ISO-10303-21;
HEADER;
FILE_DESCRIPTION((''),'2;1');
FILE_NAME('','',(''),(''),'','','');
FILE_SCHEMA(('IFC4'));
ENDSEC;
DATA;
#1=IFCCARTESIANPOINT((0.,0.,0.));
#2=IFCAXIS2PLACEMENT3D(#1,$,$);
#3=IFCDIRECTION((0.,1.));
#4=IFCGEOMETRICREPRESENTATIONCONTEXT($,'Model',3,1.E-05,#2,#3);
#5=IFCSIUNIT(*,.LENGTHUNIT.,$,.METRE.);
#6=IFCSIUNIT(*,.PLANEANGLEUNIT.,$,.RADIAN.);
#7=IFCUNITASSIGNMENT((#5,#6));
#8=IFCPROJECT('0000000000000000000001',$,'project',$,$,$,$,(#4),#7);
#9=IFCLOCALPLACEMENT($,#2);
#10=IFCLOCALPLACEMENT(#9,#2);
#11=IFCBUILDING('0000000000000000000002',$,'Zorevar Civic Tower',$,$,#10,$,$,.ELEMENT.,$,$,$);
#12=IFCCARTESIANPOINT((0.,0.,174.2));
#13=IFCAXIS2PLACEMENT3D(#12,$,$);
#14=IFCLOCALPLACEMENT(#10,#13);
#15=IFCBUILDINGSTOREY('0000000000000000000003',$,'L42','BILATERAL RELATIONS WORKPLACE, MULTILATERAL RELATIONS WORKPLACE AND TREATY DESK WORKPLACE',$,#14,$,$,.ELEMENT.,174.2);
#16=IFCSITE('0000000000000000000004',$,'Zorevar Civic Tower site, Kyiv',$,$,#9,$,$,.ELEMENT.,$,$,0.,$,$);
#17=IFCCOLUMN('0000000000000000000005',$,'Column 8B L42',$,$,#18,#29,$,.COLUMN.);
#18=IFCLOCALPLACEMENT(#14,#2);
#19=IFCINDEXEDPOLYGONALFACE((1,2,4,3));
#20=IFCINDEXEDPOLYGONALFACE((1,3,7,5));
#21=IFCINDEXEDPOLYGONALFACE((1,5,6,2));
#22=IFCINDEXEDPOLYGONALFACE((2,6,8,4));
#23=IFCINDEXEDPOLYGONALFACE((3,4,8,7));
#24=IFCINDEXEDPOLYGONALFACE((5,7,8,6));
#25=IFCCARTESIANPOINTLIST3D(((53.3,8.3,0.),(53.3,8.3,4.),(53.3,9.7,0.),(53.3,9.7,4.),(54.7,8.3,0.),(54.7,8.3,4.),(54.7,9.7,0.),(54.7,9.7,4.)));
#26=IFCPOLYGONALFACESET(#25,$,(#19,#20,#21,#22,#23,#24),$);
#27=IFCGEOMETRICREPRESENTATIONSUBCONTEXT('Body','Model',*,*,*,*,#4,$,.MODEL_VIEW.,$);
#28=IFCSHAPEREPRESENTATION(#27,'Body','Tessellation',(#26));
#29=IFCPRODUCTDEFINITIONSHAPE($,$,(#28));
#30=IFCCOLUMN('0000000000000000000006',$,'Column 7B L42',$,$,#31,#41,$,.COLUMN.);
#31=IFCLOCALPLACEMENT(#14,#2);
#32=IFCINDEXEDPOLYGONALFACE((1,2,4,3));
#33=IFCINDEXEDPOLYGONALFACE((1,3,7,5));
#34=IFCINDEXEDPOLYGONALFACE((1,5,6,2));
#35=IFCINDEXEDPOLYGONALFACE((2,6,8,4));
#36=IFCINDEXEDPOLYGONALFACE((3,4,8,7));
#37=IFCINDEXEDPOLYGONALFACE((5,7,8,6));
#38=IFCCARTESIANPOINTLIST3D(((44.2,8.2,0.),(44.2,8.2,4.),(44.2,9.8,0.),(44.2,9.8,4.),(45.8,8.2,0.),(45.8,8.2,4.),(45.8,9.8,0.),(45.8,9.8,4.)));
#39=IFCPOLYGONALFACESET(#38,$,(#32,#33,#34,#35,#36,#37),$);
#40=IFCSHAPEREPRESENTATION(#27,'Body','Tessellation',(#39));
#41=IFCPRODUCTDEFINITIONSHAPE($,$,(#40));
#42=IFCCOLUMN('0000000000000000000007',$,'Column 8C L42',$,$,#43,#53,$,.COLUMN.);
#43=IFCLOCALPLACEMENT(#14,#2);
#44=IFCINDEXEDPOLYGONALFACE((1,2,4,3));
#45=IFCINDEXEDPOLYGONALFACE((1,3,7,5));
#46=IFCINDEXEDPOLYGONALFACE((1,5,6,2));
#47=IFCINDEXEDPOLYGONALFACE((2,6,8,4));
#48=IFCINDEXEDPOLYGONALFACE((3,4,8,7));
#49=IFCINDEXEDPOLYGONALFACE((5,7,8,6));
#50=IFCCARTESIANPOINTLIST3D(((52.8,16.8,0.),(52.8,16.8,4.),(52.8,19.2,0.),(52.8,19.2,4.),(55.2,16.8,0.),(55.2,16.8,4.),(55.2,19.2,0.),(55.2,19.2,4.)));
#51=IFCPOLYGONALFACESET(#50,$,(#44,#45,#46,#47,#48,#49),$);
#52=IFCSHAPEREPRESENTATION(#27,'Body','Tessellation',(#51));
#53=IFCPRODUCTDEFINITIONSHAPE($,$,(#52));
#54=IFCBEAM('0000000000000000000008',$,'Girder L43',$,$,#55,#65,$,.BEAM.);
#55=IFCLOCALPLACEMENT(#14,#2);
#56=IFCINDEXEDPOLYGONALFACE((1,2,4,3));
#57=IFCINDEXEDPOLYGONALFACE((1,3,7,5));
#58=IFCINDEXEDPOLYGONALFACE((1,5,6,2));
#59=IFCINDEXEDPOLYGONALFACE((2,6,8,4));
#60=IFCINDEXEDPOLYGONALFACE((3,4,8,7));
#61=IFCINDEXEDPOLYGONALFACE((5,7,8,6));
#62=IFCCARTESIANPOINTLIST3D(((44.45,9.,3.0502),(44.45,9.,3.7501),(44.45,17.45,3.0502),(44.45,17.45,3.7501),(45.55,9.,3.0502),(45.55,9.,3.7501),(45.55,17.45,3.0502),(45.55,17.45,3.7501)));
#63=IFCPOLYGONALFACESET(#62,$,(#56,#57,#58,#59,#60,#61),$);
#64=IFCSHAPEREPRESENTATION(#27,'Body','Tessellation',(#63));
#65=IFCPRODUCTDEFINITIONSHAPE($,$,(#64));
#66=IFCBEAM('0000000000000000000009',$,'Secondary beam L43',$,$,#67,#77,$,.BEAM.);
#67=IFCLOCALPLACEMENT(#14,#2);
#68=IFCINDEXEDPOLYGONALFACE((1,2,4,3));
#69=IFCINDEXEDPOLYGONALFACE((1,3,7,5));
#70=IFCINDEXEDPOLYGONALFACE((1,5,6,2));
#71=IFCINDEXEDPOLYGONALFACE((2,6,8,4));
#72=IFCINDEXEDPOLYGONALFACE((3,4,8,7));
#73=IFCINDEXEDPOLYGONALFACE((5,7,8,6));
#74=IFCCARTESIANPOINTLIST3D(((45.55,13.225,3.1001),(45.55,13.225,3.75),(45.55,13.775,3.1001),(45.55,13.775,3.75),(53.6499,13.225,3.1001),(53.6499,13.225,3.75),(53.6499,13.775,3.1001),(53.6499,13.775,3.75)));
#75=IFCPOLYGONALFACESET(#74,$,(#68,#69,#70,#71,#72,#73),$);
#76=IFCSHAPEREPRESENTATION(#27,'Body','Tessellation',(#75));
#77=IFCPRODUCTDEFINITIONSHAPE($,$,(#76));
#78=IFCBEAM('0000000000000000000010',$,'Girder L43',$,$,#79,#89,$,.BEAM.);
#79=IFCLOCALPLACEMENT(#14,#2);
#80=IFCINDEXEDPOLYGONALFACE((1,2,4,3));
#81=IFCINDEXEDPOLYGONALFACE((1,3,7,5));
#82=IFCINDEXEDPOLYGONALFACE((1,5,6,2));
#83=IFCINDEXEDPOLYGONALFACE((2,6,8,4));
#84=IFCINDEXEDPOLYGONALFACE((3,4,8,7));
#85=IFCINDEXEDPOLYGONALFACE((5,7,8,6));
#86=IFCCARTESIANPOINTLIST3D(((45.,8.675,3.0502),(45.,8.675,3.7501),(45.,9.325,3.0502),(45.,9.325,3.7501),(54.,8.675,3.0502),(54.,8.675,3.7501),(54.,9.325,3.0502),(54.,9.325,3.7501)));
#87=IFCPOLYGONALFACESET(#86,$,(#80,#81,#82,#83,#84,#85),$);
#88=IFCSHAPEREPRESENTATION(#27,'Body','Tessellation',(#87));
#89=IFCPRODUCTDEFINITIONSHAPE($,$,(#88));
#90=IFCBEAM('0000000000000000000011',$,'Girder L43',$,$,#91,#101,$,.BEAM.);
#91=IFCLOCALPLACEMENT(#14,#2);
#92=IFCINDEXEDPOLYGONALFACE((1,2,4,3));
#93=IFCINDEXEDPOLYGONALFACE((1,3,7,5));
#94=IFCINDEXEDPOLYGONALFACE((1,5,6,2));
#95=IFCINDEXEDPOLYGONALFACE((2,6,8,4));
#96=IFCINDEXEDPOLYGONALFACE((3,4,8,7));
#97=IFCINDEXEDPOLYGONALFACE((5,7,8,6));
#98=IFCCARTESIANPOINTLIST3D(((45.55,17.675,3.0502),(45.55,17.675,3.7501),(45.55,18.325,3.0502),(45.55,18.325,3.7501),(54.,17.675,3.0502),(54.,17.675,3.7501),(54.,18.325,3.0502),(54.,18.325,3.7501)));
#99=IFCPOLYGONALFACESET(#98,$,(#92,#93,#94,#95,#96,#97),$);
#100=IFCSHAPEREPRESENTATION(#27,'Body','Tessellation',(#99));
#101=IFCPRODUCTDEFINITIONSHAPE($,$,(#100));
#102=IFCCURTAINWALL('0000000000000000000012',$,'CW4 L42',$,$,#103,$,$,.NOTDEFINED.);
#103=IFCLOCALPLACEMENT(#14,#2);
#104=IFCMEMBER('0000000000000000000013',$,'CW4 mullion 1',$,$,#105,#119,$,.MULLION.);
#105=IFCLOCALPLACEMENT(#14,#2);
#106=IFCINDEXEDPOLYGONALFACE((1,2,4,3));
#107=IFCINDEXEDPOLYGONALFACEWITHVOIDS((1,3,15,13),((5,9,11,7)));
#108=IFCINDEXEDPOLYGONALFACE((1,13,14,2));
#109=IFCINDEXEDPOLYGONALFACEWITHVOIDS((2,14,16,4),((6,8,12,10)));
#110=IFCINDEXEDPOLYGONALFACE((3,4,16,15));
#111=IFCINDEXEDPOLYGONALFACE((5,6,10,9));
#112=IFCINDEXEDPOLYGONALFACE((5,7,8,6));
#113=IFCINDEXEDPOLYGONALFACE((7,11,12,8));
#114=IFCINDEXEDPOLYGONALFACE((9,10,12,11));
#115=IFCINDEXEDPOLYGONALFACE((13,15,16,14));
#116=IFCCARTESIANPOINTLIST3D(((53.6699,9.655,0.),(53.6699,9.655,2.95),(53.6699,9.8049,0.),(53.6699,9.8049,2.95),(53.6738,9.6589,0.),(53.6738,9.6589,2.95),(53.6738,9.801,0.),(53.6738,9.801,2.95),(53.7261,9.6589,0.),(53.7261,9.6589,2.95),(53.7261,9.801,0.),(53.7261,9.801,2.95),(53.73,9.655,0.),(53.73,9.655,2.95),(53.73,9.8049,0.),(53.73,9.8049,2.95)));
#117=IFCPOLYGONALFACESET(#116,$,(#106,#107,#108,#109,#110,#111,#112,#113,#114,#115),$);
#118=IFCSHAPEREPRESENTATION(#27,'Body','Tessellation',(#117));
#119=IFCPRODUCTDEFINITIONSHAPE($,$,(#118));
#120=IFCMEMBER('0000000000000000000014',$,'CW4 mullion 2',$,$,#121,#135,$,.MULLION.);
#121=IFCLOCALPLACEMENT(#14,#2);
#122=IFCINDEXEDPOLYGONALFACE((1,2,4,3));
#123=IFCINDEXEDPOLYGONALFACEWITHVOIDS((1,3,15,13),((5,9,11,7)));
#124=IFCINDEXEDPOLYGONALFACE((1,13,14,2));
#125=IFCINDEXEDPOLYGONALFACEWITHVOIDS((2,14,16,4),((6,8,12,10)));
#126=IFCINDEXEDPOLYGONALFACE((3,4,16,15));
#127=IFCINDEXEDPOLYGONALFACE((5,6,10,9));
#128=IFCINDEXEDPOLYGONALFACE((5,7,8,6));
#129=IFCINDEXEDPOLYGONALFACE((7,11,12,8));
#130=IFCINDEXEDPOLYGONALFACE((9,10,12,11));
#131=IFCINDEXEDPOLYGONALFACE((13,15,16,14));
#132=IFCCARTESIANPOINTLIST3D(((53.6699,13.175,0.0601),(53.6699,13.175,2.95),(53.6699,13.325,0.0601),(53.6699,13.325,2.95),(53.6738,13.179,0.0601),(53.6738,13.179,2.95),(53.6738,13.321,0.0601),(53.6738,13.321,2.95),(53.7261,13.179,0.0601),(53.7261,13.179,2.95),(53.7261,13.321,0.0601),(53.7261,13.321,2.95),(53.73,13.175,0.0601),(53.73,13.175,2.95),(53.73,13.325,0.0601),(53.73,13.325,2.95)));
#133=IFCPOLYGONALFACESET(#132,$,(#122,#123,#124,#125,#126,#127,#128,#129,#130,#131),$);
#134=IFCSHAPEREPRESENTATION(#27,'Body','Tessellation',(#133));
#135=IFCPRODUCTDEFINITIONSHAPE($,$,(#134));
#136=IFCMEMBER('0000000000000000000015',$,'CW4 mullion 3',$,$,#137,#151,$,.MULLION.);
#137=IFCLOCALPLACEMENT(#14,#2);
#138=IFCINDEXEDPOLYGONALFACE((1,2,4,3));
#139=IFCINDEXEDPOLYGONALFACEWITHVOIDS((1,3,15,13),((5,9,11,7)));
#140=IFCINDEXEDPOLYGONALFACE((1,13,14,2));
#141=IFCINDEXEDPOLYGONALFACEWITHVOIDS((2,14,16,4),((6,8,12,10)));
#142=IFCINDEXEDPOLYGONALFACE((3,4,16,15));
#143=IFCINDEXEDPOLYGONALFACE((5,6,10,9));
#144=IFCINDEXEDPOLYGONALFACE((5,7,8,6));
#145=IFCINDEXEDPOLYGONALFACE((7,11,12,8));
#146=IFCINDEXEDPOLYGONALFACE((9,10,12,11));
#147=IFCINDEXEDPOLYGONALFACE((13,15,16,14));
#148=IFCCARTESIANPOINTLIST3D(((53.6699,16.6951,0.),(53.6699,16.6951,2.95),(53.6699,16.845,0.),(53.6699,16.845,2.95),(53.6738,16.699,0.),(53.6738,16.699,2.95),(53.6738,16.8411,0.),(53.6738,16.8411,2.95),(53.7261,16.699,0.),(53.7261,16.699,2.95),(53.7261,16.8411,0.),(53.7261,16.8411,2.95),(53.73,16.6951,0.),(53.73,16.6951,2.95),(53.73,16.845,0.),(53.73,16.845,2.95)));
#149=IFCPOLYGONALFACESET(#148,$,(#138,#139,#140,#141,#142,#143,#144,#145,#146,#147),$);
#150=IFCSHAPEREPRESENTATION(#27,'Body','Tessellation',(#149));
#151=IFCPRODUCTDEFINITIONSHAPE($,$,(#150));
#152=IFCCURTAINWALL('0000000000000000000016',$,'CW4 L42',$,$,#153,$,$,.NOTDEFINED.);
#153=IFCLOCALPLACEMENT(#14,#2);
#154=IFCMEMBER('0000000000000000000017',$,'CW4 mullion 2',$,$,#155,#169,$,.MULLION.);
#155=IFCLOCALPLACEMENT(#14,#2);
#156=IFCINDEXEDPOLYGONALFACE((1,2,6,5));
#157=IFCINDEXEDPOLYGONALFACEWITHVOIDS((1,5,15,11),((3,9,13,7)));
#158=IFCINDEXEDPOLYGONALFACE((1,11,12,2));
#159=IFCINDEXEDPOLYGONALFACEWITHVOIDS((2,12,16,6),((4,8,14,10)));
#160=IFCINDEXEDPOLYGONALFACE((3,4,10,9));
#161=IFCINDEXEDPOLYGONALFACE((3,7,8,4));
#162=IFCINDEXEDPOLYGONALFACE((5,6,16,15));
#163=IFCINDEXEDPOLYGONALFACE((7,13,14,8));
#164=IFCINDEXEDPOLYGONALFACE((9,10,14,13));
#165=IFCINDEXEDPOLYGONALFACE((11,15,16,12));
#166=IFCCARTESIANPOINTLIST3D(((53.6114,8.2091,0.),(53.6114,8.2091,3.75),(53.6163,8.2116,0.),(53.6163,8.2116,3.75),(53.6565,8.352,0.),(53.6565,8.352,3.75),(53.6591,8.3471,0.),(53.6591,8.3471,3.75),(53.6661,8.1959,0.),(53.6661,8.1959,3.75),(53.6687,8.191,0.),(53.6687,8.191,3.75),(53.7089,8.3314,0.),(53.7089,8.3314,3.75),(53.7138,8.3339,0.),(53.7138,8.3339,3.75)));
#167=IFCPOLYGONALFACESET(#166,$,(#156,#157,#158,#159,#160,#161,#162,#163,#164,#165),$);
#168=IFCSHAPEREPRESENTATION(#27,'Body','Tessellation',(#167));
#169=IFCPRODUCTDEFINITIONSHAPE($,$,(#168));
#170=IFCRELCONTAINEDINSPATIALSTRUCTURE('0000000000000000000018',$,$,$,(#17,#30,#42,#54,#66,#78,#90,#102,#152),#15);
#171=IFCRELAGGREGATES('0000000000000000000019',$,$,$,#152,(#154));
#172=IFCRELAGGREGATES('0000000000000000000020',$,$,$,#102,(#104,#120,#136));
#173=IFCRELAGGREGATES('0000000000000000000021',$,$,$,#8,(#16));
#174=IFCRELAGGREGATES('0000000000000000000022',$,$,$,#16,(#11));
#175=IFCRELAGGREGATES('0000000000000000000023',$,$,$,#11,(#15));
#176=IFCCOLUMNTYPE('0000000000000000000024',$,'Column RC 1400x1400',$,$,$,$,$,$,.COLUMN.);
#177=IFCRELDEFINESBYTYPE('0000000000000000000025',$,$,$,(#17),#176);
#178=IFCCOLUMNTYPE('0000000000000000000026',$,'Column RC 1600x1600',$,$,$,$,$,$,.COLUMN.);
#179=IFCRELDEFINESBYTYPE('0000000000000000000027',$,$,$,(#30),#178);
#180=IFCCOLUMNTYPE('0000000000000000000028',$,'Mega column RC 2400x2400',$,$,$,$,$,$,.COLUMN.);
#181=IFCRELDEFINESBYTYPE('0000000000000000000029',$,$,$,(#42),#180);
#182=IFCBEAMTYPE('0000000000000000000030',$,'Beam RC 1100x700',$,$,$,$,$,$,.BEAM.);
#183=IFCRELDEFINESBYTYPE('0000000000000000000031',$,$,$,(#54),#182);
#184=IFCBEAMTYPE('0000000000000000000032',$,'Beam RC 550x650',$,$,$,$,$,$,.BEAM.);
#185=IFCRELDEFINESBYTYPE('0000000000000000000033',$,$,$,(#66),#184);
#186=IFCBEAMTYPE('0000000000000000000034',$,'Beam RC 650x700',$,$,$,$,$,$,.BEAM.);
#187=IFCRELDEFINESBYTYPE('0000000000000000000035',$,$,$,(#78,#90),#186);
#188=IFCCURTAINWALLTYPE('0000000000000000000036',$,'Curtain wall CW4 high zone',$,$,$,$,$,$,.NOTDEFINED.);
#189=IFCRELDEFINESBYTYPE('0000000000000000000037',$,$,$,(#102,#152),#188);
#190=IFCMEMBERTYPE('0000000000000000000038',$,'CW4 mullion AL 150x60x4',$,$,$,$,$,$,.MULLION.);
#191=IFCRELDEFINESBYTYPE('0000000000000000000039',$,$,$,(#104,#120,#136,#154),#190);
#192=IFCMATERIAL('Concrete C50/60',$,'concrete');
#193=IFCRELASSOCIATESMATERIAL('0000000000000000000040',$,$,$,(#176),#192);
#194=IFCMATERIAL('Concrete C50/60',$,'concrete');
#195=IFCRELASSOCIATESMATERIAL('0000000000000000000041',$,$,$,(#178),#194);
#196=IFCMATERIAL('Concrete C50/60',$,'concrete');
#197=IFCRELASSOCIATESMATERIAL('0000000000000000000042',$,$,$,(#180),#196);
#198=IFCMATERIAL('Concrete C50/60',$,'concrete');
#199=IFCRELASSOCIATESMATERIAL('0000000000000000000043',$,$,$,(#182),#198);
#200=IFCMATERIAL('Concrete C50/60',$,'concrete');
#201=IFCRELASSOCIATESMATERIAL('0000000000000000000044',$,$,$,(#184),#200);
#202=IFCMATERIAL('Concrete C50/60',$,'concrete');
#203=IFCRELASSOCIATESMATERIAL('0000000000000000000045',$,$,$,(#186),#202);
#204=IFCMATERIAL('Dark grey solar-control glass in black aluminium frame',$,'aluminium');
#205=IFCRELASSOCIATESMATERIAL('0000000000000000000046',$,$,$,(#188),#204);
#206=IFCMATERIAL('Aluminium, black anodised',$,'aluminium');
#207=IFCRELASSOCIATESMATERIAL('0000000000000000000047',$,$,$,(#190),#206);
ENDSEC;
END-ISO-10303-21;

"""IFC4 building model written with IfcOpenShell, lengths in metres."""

from ifc_helpers import new_model, si_unit, direction, frame, origin, origin_2d, place, context, subcontext, project, spatial, rectangle, hollow_rectangle, extrude, material, material_profile, profile_set, type_object, element, aggregate, save


model = new_model("IFC4")

# Units and contexts
model_context = context("Model", 3, precision=1e-05, world=origin(), true_north=direction((0.0, 1.0)))
body_context = subcontext(model_context, "Body", "Model", "MODEL_VIEW")
ifc_project = project(units=[si_unit("LENGTHUNIT", "METRE"), si_unit("PLANEANGLEUNIT", "RADIAN")], contexts=[model_context])

# Site, building, storey
site_placement = place(None, origin())
site = spatial("IfcSite", under=ifc_project, at=site_placement, Name="Zorevar Civic Tower site, Kyiv", CompositionType="ELEMENT", RefElevation=0.0)
building_placement = place(site_placement, origin())
building = spatial("IfcBuilding", under=site, at=building_placement, Name="Zorevar Civic Tower", CompositionType="ELEMENT")
storey_placement = place(building_placement, frame((0.0, 0.0, 174.2)))
storey = spatial("IfcBuildingStorey", under=building, at=storey_placement, Name="L42", Description="BILATERAL RELATIONS WORKPLACE, MULTILATERAL RELATIONS WORKPLACE AND TREATY DESK WORKPLACE", CompositionType="ELEMENT", Elevation=174.2)

# Columns
ifc_material_1 = material(Name="Concrete C50/60", Category="concrete")
ifc_material_profile_1 = material_profile(ifc_material_1, rectangle(XDim=1.3999, YDim=1.3999, at=origin_2d()), Name="RC 1400x1400")
ifc_profile_set_1 = profile_set([ifc_material_profile_1], Name="Concrete C50/60")
column_type_1 = type_object("IfcColumnType", Name="Column RC 1400x1400", PredefinedType="COLUMN", material=ifc_profile_set_1)
column_1_placement = place(storey_placement, frame((54.0, 9.0, 0.0), z_axis=(0.0, 0.0, 1.0), x_axis=(1.0, 0.0, 0.0)))
element("IfcColumn", 1, at=column_1_placement, inside=storey, type_object=column_type_1, Name="Column 8B L42", PredefinedType="COLUMN", context=body_context, shape_type="SweptSolid", body=[
    extrude(rectangle(XDim=1.3999, YDim=1.3999, at=origin_2d()), origin(), (0.0, 0.0, 1.0), 4.0),
])
ifc_material_2 = material(Name="Concrete C50/60", Category="concrete")
ifc_material_profile_2 = material_profile(ifc_material_2, rectangle(XDim=1.6001, YDim=1.6001, at=origin_2d()), Name="RC 1600x1600")
ifc_profile_set_2 = profile_set([ifc_material_profile_2], Name="Concrete C50/60")
column_type_2 = type_object("IfcColumnType", Name="Column RC 1600x1600", PredefinedType="COLUMN", material=ifc_profile_set_2)
column_2_placement = place(storey_placement, frame((45.0, 9.0, 0.0), z_axis=(0.0, 0.0, 1.0), x_axis=(1.0, 0.0, 0.0)))
element("IfcColumn", 2, at=column_2_placement, inside=storey, type_object=column_type_2, Name="Column 7B L42", PredefinedType="COLUMN", context=body_context, shape_type="SweptSolid", body=[
    extrude(rectangle(XDim=1.6001, YDim=1.6001, at=origin_2d()), origin(), (0.0, 0.0, 1.0), 4.0),
])
ifc_material_3 = material(Name="Concrete C50/60", Category="concrete")
ifc_material_profile_3 = material_profile(ifc_material_3, rectangle(XDim=2.3999, YDim=2.3999, at=origin_2d()), Name="RC 2400x2400")
ifc_profile_set_3 = profile_set([ifc_material_profile_3], Name="Concrete C50/60")
column_type_3 = type_object("IfcColumnType", Name="Mega column RC 2400x2400", PredefinedType="COLUMN", material=ifc_profile_set_3)
column_3_placement = place(storey_placement, frame((54.0, 18.0, 0.0), z_axis=(0.0, 0.0, 1.0), x_axis=(1.0, 0.0, 0.0)))
element("IfcColumn", 3, at=column_3_placement, inside=storey, type_object=column_type_3, Name="Column 8C L42", PredefinedType="COLUMN", context=body_context, shape_type="SweptSolid", body=[
    extrude(rectangle(XDim=2.3999, YDim=2.3999, at=origin_2d()), origin(), (0.0, 0.0, 1.0), 4.0),
])

# Beams
ifc_material_4 = material(Name="Concrete C50/60", Category="concrete")
ifc_material_profile_4 = material_profile(ifc_material_4, rectangle(XDim=1.1001, YDim=0.7, at=origin_2d()), Name="RC 1100x700")
ifc_profile_set_4 = profile_set([ifc_material_profile_4], Name="Concrete C50/60")
beam_type_1 = type_object("IfcBeamType", Name="Beam RC 1100x700", PredefinedType="BEAM", material=ifc_profile_set_4)
beam_1_placement = place(storey_placement, frame((45.0, 9.0, 3.4001), z_axis=(0.0, 1.0, 0.0), x_axis=(-1.0, 0.0, 0.0)))
element("IfcBeam", 4, at=beam_1_placement, inside=storey, type_object=beam_type_1, Name="Girder L43", PredefinedType="BEAM", context=body_context, shape_type="SweptSolid", body=[
    extrude(rectangle(XDim=1.1001, YDim=0.7, at=origin_2d()), origin(), (0.0, 0.0, 1.0), 8.45),
])
ifc_material_5 = material(Name="Concrete C50/60", Category="concrete")
ifc_material_profile_5 = material_profile(ifc_material_5, rectangle(XDim=0.55, YDim=0.6499, at=origin_2d()), Name="RC 550x650")
ifc_profile_set_5 = profile_set([ifc_material_profile_5], Name="Concrete C50/60")
beam_type_2 = type_object("IfcBeamType", Name="Beam RC 550x650", PredefinedType="BEAM", material=ifc_profile_set_5)
beam_2_placement = place(storey_placement, frame((45.55, 13.5, 3.425), z_axis=(1.0, 0.0, 0.0), x_axis=(0.0, 1.0, 0.0)))
element("IfcBeam", 5, at=beam_2_placement, inside=storey, type_object=beam_type_2, Name="Secondary beam L43", PredefinedType="BEAM", context=body_context, shape_type="SweptSolid", body=[
    extrude(rectangle(XDim=0.55, YDim=0.6499, at=origin_2d()), origin(), (0.0, 0.0, 1.0), 8.0999),
])
ifc_material_6 = material(Name="Concrete C50/60", Category="concrete")
ifc_material_profile_6 = material_profile(ifc_material_6, rectangle(XDim=0.6499, YDim=0.7, at=origin_2d()), Name="RC 650x700")
ifc_profile_set_6 = profile_set([ifc_material_profile_6], Name="Concrete C50/60")
beam_type_3 = type_object("IfcBeamType", Name="Beam RC 650x700", PredefinedType="BEAM", material=ifc_profile_set_6)
beam_3_placement = place(storey_placement, frame((45.0, 9.0, 3.4001), z_axis=(1.0, 0.0, 0.0), x_axis=(0.0, 1.0, 0.0)))
element("IfcBeam", 6, at=beam_3_placement, inside=storey, type_object=beam_type_3, Name="Girder L43", PredefinedType="BEAM", context=body_context, shape_type="SweptSolid", body=[
    extrude(rectangle(XDim=0.6499, YDim=0.7, at=origin_2d()), origin(), (0.0, 0.0, 1.0), 9.0),
])
beam_4_placement = place(storey_placement, frame((45.55, 18.0, 3.4001), z_axis=(1.0, 0.0, 0.0), x_axis=(0.0, 1.0, 0.0)))
element("IfcBeam", 7, at=beam_4_placement, inside=storey, type_object=beam_type_3, Name="Girder L43", PredefinedType="BEAM", context=body_context, shape_type="SweptSolid", body=[
    extrude(rectangle(XDim=0.6499, YDim=0.7, at=origin_2d()), origin(), (0.0, 0.0, 1.0), 8.45),
])

# Curtain wall, members
ifc_material_7 = material(Name="Dark grey solar-control glass in black aluminium frame", Category="aluminium")
curtain_wall_type = type_object("IfcCurtainWallType", Name="Curtain wall CW4 high zone", PredefinedType="NOTDEFINED", material=ifc_material_7)
curtain_wall_1_placement = place(storey_placement, origin())
curtain_wall_1 = element("IfcCurtainWall", 8, at=curtain_wall_1_placement, inside=storey, type_object=curtain_wall_type, Name="CW4 L42", PredefinedType="NOTDEFINED")
ifc_material_8 = material(Name="Aluminium, black anodised", Category="aluminium")
ifc_material_profile_7 = material_profile(ifc_material_8, hollow_rectangle(XDim=0.0601, YDim=0.1499, WallThickness=0.0039, at=origin_2d()), Name="AL 150x60x4")
ifc_profile_set_7 = profile_set([ifc_material_profile_7], Name="Aluminium, black anodised")
member_type_1 = type_object("IfcMemberType", Name="CW4 mullion AL 150x60x4", PredefinedType="MULLION", material=ifc_profile_set_7)
member_1_placement = place(storey_placement, frame((53.7, 9.73, 0.0), z_axis=(0.0, 0.0, 1.0), x_axis=(-1.0, 0.0, 0.0)))
member_1 = element("IfcMember", 9, at=member_1_placement, type_object=member_type_1, Name="CW4 mullion 1", PredefinedType="MULLION", context=body_context, shape_type="SweptSolid", body=[
    extrude(hollow_rectangle(XDim=0.0601, YDim=0.1499, WallThickness=0.0039, at=origin_2d()), origin(), (0.0, 0.0, 1.0), 2.95),
])
member_2_placement = place(storey_placement, frame((53.7, 13.25, 0.0601), z_axis=(0.0, 0.0, 1.0), x_axis=(-1.0, 0.0, 0.0)))
member_2 = element("IfcMember", 10, at=member_2_placement, type_object=member_type_1, Name="CW4 mullion 2", PredefinedType="MULLION", context=body_context, shape_type="SweptSolid", body=[
    extrude(hollow_rectangle(XDim=0.0601, YDim=0.1499, WallThickness=0.0039, at=origin_2d()), origin(), (0.0, 0.0, 1.0), 2.8899),
])
member_3_placement = place(storey_placement, frame((53.7, 16.77, 0.0), z_axis=(0.0, 0.0, 1.0), x_axis=(-1.0, 0.0, 0.0)))
member_3 = element("IfcMember", 11, at=member_3_placement, type_object=member_type_1, Name="CW4 mullion 3", PredefinedType="MULLION", context=body_context, shape_type="SweptSolid", body=[
    extrude(hollow_rectangle(XDim=0.0601, YDim=0.1499, WallThickness=0.0039, at=origin_2d()), origin(), (0.0, 0.0, 1.0), 2.95),
])

# Curtain wall, member
curtain_wall_2_placement = place(storey_placement, origin())
curtain_wall_2 = element("IfcCurtainWall", 12, at=curtain_wall_2_placement, inside=storey, type_object=curtain_wall_type, Name="CW4 L42", PredefinedType="NOTDEFINED")
member_4_placement = place(storey_placement, frame((53.6626, 8.2715, 0.0), z_axis=(0.0, 0.0, 1.0), x_axis=(-0.95359, 0.301108, 0.0)))
member_4 = element("IfcMember", 13, at=member_4_placement, type_object=member_type_1, Name="CW4 mullion 2", PredefinedType="MULLION", context=body_context, shape_type="SweptSolid", body=[
    extrude(hollow_rectangle(XDim=0.0601, YDim=0.1499, WallThickness=0.0039, at=origin_2d()), origin(), (0.0, 0.0, 1.0), 3.75),
])
aggregate(curtain_wall_2, [member_4])

aggregate(curtain_wall_1, [member_1, member_2, member_3])

save(model, "model.ifc")
